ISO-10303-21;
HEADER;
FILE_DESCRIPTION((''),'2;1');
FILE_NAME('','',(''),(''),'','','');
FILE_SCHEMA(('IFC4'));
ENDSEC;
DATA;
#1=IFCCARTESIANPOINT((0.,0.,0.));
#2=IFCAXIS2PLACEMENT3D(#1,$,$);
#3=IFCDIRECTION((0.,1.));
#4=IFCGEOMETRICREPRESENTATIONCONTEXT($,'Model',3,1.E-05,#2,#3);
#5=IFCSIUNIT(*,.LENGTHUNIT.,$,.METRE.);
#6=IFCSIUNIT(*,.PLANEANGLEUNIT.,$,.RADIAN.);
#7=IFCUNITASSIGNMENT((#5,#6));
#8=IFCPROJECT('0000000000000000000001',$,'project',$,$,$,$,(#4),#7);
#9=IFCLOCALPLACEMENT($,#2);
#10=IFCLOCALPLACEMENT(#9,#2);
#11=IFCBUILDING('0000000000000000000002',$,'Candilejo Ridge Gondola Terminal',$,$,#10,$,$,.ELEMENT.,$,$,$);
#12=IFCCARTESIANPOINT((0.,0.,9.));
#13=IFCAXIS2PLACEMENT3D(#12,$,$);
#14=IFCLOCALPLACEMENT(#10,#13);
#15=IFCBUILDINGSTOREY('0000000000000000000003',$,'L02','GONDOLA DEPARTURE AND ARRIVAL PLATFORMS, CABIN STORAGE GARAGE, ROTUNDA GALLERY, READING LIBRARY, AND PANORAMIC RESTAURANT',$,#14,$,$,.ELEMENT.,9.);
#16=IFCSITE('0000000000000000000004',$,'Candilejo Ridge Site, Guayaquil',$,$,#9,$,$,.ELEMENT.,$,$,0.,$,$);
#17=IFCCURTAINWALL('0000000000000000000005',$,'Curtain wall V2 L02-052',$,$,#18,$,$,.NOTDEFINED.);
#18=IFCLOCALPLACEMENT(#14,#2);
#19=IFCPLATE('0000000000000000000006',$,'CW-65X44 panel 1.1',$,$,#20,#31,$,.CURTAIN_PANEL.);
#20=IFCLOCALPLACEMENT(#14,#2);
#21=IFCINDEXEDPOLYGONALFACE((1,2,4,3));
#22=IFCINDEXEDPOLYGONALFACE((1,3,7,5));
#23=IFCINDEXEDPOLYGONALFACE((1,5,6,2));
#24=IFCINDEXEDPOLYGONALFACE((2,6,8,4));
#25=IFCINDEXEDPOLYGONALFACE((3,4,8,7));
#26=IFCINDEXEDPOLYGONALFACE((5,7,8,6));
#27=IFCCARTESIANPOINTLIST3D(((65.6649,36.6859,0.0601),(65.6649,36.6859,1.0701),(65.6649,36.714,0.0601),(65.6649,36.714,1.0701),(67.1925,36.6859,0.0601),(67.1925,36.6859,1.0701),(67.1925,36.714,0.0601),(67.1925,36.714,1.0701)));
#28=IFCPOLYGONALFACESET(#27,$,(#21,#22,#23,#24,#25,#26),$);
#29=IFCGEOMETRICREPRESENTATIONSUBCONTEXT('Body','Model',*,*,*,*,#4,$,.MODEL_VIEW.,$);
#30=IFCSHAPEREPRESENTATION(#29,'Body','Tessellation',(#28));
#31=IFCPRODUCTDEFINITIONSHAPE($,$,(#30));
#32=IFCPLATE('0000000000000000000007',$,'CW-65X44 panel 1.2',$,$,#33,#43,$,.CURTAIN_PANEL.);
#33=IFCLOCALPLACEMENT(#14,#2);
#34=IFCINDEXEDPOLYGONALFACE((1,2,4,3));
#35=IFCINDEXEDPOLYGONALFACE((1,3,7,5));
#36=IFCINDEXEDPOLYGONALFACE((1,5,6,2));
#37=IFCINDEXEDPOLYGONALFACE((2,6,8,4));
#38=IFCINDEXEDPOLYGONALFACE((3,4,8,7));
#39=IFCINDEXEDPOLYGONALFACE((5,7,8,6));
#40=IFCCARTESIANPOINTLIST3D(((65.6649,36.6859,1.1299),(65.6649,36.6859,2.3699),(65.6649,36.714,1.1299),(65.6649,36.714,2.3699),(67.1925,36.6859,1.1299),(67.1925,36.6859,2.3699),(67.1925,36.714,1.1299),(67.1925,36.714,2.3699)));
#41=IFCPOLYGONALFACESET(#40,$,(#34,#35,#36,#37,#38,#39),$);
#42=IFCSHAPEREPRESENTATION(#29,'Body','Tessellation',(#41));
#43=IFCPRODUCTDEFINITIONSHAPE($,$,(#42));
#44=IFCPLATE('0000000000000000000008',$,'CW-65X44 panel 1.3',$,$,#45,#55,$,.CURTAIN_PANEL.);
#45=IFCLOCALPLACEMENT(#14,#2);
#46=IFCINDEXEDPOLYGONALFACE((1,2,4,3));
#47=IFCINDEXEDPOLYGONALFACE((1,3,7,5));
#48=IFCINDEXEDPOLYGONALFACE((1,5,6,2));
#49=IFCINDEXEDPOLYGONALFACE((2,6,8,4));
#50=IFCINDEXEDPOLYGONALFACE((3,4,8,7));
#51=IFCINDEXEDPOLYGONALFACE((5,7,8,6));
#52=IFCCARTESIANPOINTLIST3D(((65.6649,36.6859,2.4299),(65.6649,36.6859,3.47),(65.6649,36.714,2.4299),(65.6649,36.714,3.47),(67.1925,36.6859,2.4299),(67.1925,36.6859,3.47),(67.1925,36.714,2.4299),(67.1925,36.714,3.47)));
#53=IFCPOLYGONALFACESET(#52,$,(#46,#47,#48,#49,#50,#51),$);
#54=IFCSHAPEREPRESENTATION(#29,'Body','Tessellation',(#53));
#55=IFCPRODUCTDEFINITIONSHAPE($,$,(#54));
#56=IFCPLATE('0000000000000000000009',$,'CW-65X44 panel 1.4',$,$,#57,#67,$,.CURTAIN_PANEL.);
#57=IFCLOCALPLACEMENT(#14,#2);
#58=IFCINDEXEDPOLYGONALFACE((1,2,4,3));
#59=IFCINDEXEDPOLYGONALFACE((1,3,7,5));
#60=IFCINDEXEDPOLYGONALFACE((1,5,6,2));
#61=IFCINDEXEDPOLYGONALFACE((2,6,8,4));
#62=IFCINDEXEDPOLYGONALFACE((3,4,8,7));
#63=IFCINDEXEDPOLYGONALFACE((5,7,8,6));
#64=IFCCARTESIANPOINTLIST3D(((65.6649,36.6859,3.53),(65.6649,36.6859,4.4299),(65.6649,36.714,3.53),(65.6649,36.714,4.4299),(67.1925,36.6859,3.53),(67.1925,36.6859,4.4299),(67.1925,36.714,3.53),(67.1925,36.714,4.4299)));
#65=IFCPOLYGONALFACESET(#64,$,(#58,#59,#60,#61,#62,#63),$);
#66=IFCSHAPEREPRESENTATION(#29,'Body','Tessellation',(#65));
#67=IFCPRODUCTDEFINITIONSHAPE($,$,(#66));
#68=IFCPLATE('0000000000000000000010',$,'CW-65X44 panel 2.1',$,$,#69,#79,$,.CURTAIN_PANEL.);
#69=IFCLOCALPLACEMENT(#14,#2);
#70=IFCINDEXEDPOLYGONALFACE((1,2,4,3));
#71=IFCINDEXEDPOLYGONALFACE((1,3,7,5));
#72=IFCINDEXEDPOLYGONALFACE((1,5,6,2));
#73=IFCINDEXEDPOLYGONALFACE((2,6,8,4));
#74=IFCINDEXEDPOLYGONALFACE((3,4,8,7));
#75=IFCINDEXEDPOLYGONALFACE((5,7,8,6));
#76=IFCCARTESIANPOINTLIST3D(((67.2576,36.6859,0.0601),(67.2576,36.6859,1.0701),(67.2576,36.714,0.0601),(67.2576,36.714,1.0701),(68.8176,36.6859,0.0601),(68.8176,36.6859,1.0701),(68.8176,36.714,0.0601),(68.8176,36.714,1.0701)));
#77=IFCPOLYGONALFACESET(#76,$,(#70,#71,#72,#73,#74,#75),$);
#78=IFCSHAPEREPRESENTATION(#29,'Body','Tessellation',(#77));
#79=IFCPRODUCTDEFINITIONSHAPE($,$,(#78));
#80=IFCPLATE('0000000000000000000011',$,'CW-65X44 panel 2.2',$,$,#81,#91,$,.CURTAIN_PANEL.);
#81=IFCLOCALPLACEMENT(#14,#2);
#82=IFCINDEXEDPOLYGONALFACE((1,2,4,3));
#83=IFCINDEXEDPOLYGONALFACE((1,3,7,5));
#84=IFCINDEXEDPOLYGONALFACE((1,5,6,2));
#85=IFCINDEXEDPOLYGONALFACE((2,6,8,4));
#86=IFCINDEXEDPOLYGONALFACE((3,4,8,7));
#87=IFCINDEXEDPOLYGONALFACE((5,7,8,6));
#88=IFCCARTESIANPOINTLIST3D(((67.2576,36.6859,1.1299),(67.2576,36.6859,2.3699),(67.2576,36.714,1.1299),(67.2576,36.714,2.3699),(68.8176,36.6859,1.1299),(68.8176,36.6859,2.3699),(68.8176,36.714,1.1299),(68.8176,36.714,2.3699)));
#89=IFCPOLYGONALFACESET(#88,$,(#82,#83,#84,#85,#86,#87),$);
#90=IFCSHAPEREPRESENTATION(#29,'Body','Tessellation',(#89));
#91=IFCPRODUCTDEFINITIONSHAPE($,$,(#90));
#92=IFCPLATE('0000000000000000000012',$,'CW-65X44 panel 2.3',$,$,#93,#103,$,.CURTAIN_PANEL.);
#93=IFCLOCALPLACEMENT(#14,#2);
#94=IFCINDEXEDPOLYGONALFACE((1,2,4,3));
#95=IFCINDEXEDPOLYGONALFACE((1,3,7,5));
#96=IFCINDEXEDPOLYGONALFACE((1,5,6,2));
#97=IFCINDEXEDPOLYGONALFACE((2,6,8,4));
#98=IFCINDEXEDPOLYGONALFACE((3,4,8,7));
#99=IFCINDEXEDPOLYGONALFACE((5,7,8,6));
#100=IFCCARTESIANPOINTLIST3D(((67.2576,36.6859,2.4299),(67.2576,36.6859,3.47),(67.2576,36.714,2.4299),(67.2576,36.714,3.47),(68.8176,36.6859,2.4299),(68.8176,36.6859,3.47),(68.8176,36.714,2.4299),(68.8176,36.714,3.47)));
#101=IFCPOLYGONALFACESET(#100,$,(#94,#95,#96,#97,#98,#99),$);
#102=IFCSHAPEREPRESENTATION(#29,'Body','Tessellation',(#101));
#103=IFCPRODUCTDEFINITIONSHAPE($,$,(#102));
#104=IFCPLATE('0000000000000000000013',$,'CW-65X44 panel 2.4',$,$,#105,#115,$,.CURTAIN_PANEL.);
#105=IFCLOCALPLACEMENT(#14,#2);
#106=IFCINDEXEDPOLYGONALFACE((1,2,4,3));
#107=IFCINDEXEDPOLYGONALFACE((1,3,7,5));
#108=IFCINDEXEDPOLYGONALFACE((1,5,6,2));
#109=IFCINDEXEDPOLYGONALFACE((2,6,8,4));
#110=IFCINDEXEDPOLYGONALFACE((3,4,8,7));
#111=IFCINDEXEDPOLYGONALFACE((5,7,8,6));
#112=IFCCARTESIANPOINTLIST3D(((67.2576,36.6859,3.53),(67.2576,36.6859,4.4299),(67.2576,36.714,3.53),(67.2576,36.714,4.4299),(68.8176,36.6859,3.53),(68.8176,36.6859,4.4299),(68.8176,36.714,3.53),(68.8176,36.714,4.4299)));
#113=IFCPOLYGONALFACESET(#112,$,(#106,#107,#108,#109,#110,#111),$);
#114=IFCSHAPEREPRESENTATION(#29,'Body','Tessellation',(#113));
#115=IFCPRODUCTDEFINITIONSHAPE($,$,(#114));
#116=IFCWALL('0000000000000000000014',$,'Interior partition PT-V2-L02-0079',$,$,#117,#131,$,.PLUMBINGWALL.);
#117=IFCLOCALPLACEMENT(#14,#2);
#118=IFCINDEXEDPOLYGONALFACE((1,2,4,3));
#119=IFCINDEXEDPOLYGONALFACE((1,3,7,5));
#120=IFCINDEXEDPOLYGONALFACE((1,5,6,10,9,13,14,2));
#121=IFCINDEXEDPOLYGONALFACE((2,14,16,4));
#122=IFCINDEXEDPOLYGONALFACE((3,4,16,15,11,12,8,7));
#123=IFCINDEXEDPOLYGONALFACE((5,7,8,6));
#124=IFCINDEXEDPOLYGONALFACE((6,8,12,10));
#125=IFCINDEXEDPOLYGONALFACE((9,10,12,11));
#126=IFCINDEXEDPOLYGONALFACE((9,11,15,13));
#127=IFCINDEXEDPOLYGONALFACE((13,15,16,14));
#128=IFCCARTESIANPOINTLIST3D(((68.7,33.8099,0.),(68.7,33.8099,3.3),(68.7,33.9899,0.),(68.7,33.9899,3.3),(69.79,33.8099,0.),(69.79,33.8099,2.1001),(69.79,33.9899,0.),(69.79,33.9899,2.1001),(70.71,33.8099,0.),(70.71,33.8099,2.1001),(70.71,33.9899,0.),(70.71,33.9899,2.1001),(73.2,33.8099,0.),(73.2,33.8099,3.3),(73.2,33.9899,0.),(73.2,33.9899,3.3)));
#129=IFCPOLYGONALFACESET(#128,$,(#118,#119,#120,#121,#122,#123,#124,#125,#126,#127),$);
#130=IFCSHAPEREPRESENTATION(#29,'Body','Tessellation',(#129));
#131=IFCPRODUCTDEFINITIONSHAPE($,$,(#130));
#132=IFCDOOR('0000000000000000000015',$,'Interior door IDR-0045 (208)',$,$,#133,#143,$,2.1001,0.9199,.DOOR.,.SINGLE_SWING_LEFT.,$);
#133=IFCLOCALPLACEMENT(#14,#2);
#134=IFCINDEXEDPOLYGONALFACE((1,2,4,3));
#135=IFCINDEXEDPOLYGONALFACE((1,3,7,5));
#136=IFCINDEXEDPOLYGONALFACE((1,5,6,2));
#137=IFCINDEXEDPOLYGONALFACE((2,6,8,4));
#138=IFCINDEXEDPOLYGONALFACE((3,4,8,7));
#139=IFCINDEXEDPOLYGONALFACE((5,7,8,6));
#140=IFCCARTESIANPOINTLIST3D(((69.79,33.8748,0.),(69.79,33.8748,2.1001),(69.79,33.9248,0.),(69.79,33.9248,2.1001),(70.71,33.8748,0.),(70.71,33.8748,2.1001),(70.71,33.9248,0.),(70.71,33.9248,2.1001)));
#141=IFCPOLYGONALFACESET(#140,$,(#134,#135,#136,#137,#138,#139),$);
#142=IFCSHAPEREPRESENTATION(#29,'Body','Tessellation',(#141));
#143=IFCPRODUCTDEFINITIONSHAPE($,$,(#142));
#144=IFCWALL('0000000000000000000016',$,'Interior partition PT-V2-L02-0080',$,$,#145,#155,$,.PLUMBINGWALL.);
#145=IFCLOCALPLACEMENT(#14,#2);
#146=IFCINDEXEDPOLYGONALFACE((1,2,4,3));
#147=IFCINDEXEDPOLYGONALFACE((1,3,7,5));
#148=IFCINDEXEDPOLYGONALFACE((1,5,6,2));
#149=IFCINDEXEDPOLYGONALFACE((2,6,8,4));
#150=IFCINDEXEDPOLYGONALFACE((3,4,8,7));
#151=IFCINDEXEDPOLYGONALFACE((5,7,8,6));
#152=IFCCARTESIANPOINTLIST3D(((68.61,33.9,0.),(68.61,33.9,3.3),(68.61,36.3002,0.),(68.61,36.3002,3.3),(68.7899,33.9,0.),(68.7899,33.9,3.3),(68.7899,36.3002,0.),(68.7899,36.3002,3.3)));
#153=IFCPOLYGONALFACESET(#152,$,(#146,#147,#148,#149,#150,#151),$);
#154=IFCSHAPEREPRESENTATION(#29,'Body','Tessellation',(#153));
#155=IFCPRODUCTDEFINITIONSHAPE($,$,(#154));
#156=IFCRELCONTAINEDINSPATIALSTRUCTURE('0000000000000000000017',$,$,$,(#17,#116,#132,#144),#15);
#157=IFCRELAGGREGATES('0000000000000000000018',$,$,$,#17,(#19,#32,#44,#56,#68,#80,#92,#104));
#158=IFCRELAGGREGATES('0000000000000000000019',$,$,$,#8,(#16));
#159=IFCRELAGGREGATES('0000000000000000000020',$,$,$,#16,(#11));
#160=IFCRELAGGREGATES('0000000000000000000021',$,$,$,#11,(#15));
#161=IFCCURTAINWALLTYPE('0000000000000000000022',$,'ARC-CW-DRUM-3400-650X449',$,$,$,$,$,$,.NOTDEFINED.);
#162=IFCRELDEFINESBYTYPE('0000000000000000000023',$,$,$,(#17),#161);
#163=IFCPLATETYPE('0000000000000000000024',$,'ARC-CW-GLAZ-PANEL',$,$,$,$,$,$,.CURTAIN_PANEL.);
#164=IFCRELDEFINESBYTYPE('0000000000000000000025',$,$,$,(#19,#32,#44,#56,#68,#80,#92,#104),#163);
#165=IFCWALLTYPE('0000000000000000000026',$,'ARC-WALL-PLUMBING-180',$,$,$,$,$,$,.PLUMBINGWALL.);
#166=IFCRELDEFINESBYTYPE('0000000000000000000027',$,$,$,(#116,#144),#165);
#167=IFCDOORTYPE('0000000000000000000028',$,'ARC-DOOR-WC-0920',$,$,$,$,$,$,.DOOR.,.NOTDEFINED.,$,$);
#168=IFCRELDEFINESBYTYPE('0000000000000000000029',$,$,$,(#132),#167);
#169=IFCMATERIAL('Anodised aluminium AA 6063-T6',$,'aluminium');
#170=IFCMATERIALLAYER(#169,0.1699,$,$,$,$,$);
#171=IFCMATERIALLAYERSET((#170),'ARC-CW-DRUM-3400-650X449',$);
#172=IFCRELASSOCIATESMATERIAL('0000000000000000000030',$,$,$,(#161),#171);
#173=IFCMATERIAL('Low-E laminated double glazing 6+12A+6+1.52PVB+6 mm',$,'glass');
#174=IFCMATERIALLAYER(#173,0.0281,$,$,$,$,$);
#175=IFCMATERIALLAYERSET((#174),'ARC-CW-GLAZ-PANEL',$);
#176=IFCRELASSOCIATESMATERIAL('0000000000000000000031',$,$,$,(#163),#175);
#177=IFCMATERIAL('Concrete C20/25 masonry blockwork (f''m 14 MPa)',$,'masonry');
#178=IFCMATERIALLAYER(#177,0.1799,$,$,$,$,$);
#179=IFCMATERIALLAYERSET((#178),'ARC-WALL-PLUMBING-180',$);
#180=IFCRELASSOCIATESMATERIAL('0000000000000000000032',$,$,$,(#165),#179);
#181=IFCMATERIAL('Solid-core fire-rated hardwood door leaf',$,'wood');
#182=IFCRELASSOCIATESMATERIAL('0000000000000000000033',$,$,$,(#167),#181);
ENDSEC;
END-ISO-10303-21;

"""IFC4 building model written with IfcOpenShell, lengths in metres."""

from ifc_helpers import new_model, si_unit, direction, frame, frame_2d, origin, origin_2d, place, context, subcontext, project, spatial, rectangle, extrude, material, layer, layer_set, type_object, element, fill, aggregate, save


model = new_model("IFC4")

# Units and contexts
model_context = context("Model", 3, precision=1e-05, world=origin(), true_north=direction((0.0, 1.0)))
body_context = subcontext(model_context, "Body", "Model", "MODEL_VIEW")
ifc_project = project(units=[si_unit("LENGTHUNIT", "METRE"), si_unit("PLANEANGLEUNIT", "RADIAN")], contexts=[model_context])

# Site, building, storey
site_placement = place(None, origin())
site = spatial("IfcSite", under=ifc_project, at=site_placement, Name="Candilejo Ridge Site, Guayaquil", CompositionType="ELEMENT", RefElevation=0.0)
building_placement = place(site_placement, origin())
building = spatial("IfcBuilding", under=site, at=building_placement, Name="Candilejo Ridge Gondola Terminal", CompositionType="ELEMENT")
storey_placement = place(building_placement, frame((0.0, 0.0, 9.0)))
storey = spatial("IfcBuildingStorey", under=building, at=storey_placement, Name="L02", Description="GONDOLA DEPARTURE AND ARRIVAL PLATFORMS, CABIN STORAGE GARAGE, ROTUNDA GALLERY, READING LIBRARY, AND PANORAMIC RESTAURANT", CompositionType="ELEMENT", Elevation=9.0)

# Shared definitions
ifc_material_1 = material(Name="Anodised aluminium AA 6063-T6", Category="aluminium")
ifc_layer_1 = layer(ifc_material_1, 0.1699)
ifc_layer_set_1 = layer_set([ifc_layer_1], Name="ARC-CW-DRUM-3400-650X449")
curtain_wall_type = type_object("IfcCurtainWallType", Name="ARC-CW-DRUM-3400-650X449", PredefinedType="NOTDEFINED", material=ifc_layer_set_1)

# Curtain wall
curtain_wall_1_placement = place(storey_placement, origin())
curtain_wall_1 = element("IfcCurtainWall", 1, at=curtain_wall_1_placement, inside=storey, type_object=curtain_wall_type, Name="Curtain wall V2 L02-052", PredefinedType="NOTDEFINED")

# Plates
ifc_material_2 = material(Name="Low-E laminated double glazing 6+12A+6+1.52PVB+6 mm", Category="glass")
ifc_layer_2 = layer(ifc_material_2, 0.0281)
ifc_layer_set_2 = layer_set([ifc_layer_2], Name="ARC-CW-GLAZ-PANEL")
plate_type = type_object("IfcPlateType", Name="ARC-CW-GLAZ-PANEL", PredefinedType="CURTAIN_PANEL", material=ifc_layer_set_2)
plate_1_placement = place(storey_placement, frame((66.4287, 36.7, 0.0601), z_axis=(0.0, 0.0, 1.0), x_axis=(1.0, 0.0, 0.0)))
plate_1 = element("IfcPlate", 2, at=plate_1_placement, type_object=plate_type, Name="CW-65X44 panel 1.1", PredefinedType="CURTAIN_PANEL", context=body_context, shape_type="SweptSolid", body=[
    extrude(rectangle(XDim=1.5276, YDim=0.0281, at=origin_2d()), origin(), (0.0, 0.0, 1.0), 1.01),
])
plate_2_placement = place(storey_placement, frame((66.4287, 36.7, 1.1299), z_axis=(0.0, 0.0, 1.0), x_axis=(1.0, 0.0, 0.0)))
plate_2 = element("IfcPlate", 3, at=plate_2_placement, type_object=plate_type, Name="CW-65X44 panel 1.2", PredefinedType="CURTAIN_PANEL", context=body_context, shape_type="SweptSolid", body=[
    extrude(rectangle(XDim=1.5276, YDim=0.0281, at=origin_2d()), origin(), (0.0, 0.0, 1.0), 1.24),
])
plate_3_placement = place(storey_placement, frame((66.4287, 36.7, 2.4299), z_axis=(0.0, 0.0, 1.0), x_axis=(1.0, 0.0, 0.0)))
plate_3 = element("IfcPlate", 4, at=plate_3_placement, type_object=plate_type, Name="CW-65X44 panel 1.3", PredefinedType="CURTAIN_PANEL", context=body_context, shape_type="SweptSolid", body=[
    extrude(rectangle(XDim=1.5276, YDim=0.0281, at=origin_2d()), origin(), (0.0, 0.0, 1.0), 1.04),
])
plate_4_placement = place(storey_placement, frame((66.4287, 36.7, 3.53), z_axis=(0.0, 0.0, 1.0), x_axis=(1.0, 0.0, 0.0)))
plate_4 = element("IfcPlate", 5, at=plate_4_placement, type_object=plate_type, Name="CW-65X44 panel 1.4", PredefinedType="CURTAIN_PANEL", context=body_context, shape_type="SweptSolid", body=[
    extrude(rectangle(XDim=1.5276, YDim=0.0281, at=origin_2d()), origin(), (0.0, 0.0, 1.0), 0.8999),
])
plate_5_placement = place(storey_placement, frame((68.0376, 36.7, 0.0601), z_axis=(0.0, 0.0, 1.0), x_axis=(1.0, 0.0, 0.0)))
plate_5 = element("IfcPlate", 6, at=plate_5_placement, type_object=plate_type, Name="CW-65X44 panel 2.1", PredefinedType="CURTAIN_PANEL", context=body_context, shape_type="SweptSolid", body=[
    extrude(rectangle(XDim=1.5601, YDim=0.0281, at=origin_2d()), origin(), (0.0, 0.0, 1.0), 1.01),
])
plate_6_placement = place(storey_placement, frame((68.0376, 36.7, 1.1299), z_axis=(0.0, 0.0, 1.0), x_axis=(1.0, 0.0, 0.0)))
plate_6 = element("IfcPlate", 7, at=plate_6_placement, type_object=plate_type, Name="CW-65X44 panel 2.2", PredefinedType="CURTAIN_PANEL", context=body_context, shape_type="SweptSolid", body=[
    extrude(rectangle(XDim=1.5601, YDim=0.0281, at=origin_2d()), origin(), (0.0, 0.0, 1.0), 1.24),
])
plate_7_placement = place(storey_placement, frame((68.0376, 36.7, 2.4299), z_axis=(0.0, 0.0, 1.0), x_axis=(1.0, 0.0, 0.0)))
plate_7 = element("IfcPlate", 8, at=plate_7_placement, type_object=plate_type, Name="CW-65X44 panel 2.3", PredefinedType="CURTAIN_PANEL", context=body_context, shape_type="SweptSolid", body=[
    extrude(rectangle(XDim=1.5601, YDim=0.0281, at=origin_2d()), origin(), (0.0, 0.0, 1.0), 1.04),
])
plate_8_placement = place(storey_placement, frame((68.0376, 36.7, 3.53), z_axis=(0.0, 0.0, 1.0), x_axis=(1.0, 0.0, 0.0)))
plate_8 = element("IfcPlate", 9, at=plate_8_placement, type_object=plate_type, Name="CW-65X44 panel 2.4", PredefinedType="CURTAIN_PANEL", context=body_context, shape_type="SweptSolid", body=[
    extrude(rectangle(XDim=1.5601, YDim=0.0281, at=origin_2d()), origin(), (0.0, 0.0, 1.0), 0.8999),
])
aggregate(curtain_wall_1, [plate_1, plate_2, plate_3, plate_4, plate_5, plate_6, plate_7, plate_8])

# Wall, opening, door
ifc_material_3 = material(Name="Concrete C20/25 masonry blockwork (f'm 14 MPa)", Category="masonry")
ifc_layer_3 = layer(ifc_material_3, 0.1799)
ifc_layer_set_3 = layer_set([ifc_layer_3], Name="ARC-WALL-PLUMBING-180")
wall_type = type_object("IfcWallType", Name="ARC-WALL-PLUMBING-180", PredefinedType="PLUMBINGWALL", material=ifc_layer_set_3)
wall_1_placement = place(storey_placement, frame((68.7, 33.8999, 0.0), z_axis=(0.0, 0.0, 1.0), x_axis=(1.0, 0.0, 0.0)))
wall_1 = element("IfcWall", 10, at=wall_1_placement, inside=storey, type_object=wall_type, Name="Interior partition PT-V2-L02-0079", PredefinedType="PLUMBINGWALL", context=body_context, shape_type="SweptSolid", body=[
    extrude(rectangle(XDim=4.5, YDim=0.1799, at=frame_2d((2.25, 0.0))), origin(), (0.0, 0.0, 1.0), 3.3),
])
opening_placement = place(wall_1_placement, frame((1.0901, 0.0, 0.0)))
opening = element("IfcOpeningElement", 11, at=opening_placement, cuts=wall_1, PredefinedType="OPENING", context=body_context, shape_type="SweptSolid", body=[
    extrude(rectangle(XDim=0.9199, YDim=2.1001, at=frame_2d((0.46, 1.05))), frame((0.0, 0.0999, 0.0), z_axis=(0.0, -1.0, 0.0), x_axis=(1.0, 0.0, 0.0)), (0.0, 0.0, 1.0), 0.2),
])
ifc_material_4 = material(Name="Solid-core fire-rated hardwood door leaf", Category="wood")
door_type = type_object("IfcDoorType", Name="ARC-DOOR-WC-0920", OperationType="NOTDEFINED", PredefinedType="DOOR", material=ifc_material_4)
door_placement = place(opening_placement, origin())
door = element("IfcDoor", 12, at=door_placement, inside=storey, type_object=door_type, Name="Interior door IDR-0045 (208)", OperationType="SINGLE_SWING_LEFT", OverallHeight=2.1001, OverallWidth=0.9199, PredefinedType="DOOR", context=body_context, shape_type="SweptSolid", body=[
    extrude(rectangle(XDim=0.9199, YDim=2.1001, at=frame_2d((0.46, 1.05))), frame((0.0, 0.0249, 0.0), z_axis=(0.0, -1.0, 0.0), x_axis=(1.0, 0.0, 0.0)), (0.0, 0.0, 1.0), 0.05),
])
fill(opening, door)

# Wall
wall_2_placement = place(storey_placement, frame((68.7, 33.8999, 0.0), z_axis=(0.0, 0.0, 1.0), x_axis=(0.0, 1.0, 0.0)))
element("IfcWall", 13, at=wall_2_placement, inside=storey, type_object=wall_type, Name="Interior partition PT-V2-L02-0080", PredefinedType="PLUMBINGWALL", context=body_context, shape_type="SweptSolid", body=[
    extrude(rectangle(XDim=2.4001, YDim=0.1799, at=frame_2d((1.2002, 0.0))), origin(), (0.0, 0.0, 1.0), 3.3),
])

save(model, "model.ifc")
